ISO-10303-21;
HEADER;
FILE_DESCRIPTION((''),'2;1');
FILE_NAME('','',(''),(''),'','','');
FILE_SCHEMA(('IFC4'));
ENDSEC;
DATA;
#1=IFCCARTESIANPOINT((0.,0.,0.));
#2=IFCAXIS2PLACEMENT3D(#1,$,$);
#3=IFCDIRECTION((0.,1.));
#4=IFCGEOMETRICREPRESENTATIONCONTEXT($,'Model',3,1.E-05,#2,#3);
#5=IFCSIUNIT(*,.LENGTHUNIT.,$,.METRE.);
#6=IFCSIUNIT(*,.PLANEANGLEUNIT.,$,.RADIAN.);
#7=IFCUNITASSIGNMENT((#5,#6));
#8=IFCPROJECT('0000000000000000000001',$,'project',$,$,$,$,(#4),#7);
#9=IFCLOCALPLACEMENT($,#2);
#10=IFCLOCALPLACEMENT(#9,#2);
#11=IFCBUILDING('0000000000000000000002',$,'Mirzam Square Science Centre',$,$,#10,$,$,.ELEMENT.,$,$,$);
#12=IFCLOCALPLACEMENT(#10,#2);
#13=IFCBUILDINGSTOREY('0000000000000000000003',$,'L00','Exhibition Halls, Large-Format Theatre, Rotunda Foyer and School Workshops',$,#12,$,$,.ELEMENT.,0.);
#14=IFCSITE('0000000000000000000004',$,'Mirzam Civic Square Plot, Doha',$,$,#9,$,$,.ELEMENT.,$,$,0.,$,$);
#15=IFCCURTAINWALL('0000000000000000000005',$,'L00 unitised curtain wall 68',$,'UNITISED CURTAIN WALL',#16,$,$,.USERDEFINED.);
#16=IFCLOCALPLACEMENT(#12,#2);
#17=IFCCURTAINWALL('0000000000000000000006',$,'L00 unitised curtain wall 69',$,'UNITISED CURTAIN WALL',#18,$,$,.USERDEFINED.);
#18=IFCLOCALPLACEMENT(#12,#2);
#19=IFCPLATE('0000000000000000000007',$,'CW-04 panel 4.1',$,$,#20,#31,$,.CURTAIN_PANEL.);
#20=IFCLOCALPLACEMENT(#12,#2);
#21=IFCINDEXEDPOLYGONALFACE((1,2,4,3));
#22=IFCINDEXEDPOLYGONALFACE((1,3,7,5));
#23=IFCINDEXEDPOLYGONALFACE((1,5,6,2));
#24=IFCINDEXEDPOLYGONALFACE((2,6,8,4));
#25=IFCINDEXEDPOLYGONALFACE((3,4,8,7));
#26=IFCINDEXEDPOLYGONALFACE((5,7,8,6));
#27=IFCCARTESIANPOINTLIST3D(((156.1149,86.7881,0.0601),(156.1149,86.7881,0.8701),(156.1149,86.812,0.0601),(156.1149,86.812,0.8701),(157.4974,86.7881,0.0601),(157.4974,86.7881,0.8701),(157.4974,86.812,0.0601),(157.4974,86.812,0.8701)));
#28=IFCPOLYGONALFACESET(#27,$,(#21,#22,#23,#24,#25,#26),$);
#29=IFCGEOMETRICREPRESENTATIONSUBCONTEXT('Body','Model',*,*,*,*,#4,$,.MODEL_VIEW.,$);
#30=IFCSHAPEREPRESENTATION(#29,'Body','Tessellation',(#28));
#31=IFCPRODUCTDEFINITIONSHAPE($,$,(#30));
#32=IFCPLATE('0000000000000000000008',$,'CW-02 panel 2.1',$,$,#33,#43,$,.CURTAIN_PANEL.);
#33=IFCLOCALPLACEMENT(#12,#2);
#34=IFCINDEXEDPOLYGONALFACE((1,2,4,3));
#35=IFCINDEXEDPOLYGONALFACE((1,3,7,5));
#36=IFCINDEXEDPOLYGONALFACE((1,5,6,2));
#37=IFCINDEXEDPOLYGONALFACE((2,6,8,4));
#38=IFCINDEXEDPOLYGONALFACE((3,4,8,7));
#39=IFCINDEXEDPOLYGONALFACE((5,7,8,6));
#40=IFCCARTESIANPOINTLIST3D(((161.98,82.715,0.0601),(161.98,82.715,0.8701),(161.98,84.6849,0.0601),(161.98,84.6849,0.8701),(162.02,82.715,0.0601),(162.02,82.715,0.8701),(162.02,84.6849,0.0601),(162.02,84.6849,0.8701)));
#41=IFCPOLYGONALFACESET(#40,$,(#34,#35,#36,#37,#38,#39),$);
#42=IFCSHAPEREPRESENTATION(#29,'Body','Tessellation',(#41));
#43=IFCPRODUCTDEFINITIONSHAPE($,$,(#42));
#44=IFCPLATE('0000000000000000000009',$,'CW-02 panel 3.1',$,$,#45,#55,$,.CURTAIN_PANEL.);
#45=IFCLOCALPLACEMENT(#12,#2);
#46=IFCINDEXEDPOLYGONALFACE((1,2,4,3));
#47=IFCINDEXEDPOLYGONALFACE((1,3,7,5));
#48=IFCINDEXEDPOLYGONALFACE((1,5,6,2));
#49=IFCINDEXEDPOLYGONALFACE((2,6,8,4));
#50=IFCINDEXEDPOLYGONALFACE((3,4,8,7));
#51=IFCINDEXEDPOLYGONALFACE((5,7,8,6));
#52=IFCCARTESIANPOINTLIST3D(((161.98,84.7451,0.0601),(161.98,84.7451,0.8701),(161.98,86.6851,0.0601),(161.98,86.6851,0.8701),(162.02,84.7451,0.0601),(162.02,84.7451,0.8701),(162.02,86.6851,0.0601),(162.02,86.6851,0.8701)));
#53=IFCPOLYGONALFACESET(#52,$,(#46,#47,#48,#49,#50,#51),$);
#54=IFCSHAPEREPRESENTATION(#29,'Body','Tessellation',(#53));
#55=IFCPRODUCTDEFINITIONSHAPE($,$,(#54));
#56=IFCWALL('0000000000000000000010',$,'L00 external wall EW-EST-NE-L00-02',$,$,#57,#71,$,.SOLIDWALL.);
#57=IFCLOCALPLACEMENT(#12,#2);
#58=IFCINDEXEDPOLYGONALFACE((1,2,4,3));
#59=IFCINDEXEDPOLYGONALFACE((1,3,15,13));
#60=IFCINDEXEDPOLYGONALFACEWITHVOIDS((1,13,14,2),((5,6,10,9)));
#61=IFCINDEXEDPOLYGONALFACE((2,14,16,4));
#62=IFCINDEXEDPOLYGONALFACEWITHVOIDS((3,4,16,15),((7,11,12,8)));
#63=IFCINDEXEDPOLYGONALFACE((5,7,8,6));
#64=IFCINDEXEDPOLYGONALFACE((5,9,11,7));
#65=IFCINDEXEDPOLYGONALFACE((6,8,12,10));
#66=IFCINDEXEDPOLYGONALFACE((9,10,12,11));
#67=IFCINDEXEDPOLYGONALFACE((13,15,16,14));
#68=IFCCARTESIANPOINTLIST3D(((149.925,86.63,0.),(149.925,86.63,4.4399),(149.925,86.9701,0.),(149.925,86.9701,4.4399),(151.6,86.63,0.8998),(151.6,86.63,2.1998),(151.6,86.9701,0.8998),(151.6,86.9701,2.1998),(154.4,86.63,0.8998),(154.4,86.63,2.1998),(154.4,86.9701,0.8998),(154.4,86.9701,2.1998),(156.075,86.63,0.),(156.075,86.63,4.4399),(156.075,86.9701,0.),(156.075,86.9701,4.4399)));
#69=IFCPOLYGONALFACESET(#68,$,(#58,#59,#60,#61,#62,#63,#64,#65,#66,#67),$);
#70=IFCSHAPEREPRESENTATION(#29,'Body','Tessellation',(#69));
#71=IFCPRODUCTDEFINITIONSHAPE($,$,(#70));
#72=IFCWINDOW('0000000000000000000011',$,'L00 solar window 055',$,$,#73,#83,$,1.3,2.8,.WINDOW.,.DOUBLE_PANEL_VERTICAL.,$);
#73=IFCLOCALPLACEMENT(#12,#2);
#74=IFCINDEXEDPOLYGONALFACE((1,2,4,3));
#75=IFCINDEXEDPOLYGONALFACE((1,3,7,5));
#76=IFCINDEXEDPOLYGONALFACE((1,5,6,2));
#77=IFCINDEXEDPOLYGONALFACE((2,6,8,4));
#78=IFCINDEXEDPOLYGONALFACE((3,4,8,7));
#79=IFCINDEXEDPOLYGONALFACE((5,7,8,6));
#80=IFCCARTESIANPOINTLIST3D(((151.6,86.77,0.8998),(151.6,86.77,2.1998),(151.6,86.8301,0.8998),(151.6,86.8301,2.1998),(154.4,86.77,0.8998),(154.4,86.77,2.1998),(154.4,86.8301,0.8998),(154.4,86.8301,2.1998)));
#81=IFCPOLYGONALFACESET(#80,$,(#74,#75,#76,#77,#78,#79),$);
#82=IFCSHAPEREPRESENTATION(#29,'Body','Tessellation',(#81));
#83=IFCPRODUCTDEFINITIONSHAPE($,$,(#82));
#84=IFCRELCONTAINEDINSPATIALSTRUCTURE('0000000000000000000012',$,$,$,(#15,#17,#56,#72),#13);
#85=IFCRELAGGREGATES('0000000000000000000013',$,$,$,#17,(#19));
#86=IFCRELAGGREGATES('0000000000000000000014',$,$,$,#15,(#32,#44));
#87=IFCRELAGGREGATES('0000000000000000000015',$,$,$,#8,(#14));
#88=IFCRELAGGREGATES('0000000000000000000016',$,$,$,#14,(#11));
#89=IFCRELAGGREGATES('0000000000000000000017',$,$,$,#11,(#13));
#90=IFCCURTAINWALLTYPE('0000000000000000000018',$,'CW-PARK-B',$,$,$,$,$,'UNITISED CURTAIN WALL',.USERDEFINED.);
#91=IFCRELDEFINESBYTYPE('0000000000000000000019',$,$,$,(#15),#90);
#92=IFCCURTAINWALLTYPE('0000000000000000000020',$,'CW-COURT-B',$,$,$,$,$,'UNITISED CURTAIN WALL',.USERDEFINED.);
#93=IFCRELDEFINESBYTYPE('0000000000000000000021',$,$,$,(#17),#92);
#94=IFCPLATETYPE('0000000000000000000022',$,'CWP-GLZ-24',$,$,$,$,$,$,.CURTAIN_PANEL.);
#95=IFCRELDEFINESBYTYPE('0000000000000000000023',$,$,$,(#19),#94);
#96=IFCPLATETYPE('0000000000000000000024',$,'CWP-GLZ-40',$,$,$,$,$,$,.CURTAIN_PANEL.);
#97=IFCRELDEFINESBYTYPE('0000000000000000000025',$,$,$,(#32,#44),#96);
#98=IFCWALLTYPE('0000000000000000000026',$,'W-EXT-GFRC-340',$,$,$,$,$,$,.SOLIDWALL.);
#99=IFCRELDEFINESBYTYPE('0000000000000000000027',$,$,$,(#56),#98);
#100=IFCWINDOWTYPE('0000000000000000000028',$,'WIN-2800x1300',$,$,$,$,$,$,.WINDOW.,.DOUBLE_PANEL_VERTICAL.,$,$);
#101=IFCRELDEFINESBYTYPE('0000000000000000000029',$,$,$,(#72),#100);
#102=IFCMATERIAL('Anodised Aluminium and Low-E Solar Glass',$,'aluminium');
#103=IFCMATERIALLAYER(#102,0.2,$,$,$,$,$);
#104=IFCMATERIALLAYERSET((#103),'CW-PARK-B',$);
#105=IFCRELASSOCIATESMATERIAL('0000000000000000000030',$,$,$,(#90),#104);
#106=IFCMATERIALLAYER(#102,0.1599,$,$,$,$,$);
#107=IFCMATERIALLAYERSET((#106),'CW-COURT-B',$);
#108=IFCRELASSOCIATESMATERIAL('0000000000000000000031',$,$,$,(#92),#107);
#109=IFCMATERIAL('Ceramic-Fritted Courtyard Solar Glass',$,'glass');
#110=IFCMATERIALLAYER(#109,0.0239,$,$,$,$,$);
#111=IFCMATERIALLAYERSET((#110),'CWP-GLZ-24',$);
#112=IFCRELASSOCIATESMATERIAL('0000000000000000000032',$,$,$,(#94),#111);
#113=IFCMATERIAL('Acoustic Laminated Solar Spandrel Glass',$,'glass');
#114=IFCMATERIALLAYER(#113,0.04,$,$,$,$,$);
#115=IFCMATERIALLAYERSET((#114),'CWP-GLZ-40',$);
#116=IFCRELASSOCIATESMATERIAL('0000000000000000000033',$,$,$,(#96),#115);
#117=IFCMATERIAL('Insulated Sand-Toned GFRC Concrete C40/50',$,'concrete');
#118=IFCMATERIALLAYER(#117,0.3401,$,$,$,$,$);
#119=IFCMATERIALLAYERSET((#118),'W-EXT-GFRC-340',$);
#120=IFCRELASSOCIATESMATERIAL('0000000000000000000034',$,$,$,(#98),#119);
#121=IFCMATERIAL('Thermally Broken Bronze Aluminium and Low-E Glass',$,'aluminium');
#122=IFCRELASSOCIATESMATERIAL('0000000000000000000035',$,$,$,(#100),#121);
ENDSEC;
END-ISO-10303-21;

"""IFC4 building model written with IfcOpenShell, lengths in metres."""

from ifc_helpers import new_model, si_unit, direction, frame, frame_2d, origin, origin_2d, place, context, subcontext, project, spatial, rectangle, extrude, material, layer, layer_set, type_object, element, fill, aggregate, save


model = new_model("IFC4")

# Units and contexts
model_context = context("Model", 3, precision=1e-05, world=origin(), true_north=direction((0.0, 1.0)))
body_context = subcontext(model_context, "Body", "Model", "MODEL_VIEW")
ifc_project = project(units=[si_unit("LENGTHUNIT", "METRE"), si_unit("PLANEANGLEUNIT", "RADIAN")], contexts=[model_context])

# Site, building, storey
site_placement = place(None, origin())
site = spatial("IfcSite", under=ifc_project, at=site_placement, Name="Mirzam Civic Square Plot, Doha", CompositionType="ELEMENT", RefElevation=0.0)
building_placement = place(site_placement, origin())
building = spatial("IfcBuilding", under=site, at=building_placement, Name="Mirzam Square Science Centre", CompositionType="ELEMENT")
storey_placement = place(building_placement, origin())
storey = spatial("IfcBuildingStorey", under=building, at=storey_placement, Name="L00", Description="Exhibition Halls, Large-Format Theatre, Rotunda Foyer and School Workshops", CompositionType="ELEMENT", Elevation=0.0)

# Curtain walls
ifc_material_1 = material(Name="Anodised Aluminium and Low-E Solar Glass", Category="aluminium")
ifc_layer_1 = layer(ifc_material_1, 0.2)
ifc_layer_set_1 = layer_set([ifc_layer_1], Name="CW-PARK-B")
curtain_wall_type_1 = type_object("IfcCurtainWallType", Name="CW-PARK-B", ElementType="UNITISED CURTAIN WALL", PredefinedType="USERDEFINED", material=ifc_layer_set_1)
curtain_wall_1_placement = place(storey_placement, origin())
curtain_wall_1 = element("IfcCurtainWall", 1, at=curtain_wall_1_placement, inside=storey, type_object=curtain_wall_type_1, Name="L00 unitised curtain wall 68", ObjectType="UNITISED CURTAIN WALL", PredefinedType="USERDEFINED")
ifc_layer_2 = layer(ifc_material_1, 0.1599)
ifc_layer_set_2 = layer_set([ifc_layer_2], Name="CW-COURT-B")
curtain_wall_type_2 = type_object("IfcCurtainWallType", Name="CW-COURT-B", ElementType="UNITISED CURTAIN WALL", PredefinedType="USERDEFINED", material=ifc_layer_set_2)
curtain_wall_2_placement = place(storey_placement, origin())
curtain_wall_2 = element("IfcCurtainWall", 2, at=curtain_wall_2_placement, inside=storey, type_object=curtain_wall_type_2, Name="L00 unitised curtain wall 69", ObjectType="UNITISED CURTAIN WALL", PredefinedType="USERDEFINED")

# Plates
ifc_material_2 = material(Name="Ceramic-Fritted Courtyard Solar Glass", Category="glass")
ifc_layer_3 = layer(ifc_material_2, 0.0239)
ifc_layer_set_3 = layer_set([ifc_layer_3], Name="CWP-GLZ-24")
plate_type_1 = type_object("IfcPlateType", Name="CWP-GLZ-24", PredefinedType="CURTAIN_PANEL", material=ifc_layer_set_3)
plate_1_placement = place(storey_placement, frame((156.8062, 86.8, 0.0601), z_axis=(0.0, 0.0, 1.0), x_axis=(-1.0, 0.0, 0.0)))
plate_1 = element("IfcPlate", 3, at=plate_1_placement, type_object=plate_type_1, Name="CW-04 panel 4.1", PredefinedType="CURTAIN_PANEL", context=body_context, shape_type="SweptSolid", body=[
    extrude(rectangle(XDim=1.3826, YDim=0.0239, at=origin_2d()), origin(), (0.0, 0.0, 1.0), 0.8101),
])
aggregate(curtain_wall_2, [plate_1])
ifc_material_3 = material(Name="Acoustic Laminated Solar Spandrel Glass", Category="glass")
ifc_layer_4 = layer(ifc_material_3, 0.04)
ifc_layer_set_4 = layer_set([ifc_layer_4], Name="CWP-GLZ-40")
plate_type_2 = type_object("IfcPlateType", Name="CWP-GLZ-40", PredefinedType="CURTAIN_PANEL", material=ifc_layer_set_4)
plate_2_placement = place(storey_placement, frame((162.0, 83.7, 0.0601), z_axis=(0.0, 0.0, 1.0), x_axis=(0.0, 1.0, 0.0)))
plate_2 = element("IfcPlate", 4, at=plate_2_placement, type_object=plate_type_2, Name="CW-02 panel 2.1", PredefinedType="CURTAIN_PANEL", context=body_context, shape_type="SweptSolid", body=[
    extrude(rectangle(XDim=1.97, YDim=0.04, at=origin_2d()), origin(), (0.0, 0.0, 1.0), 0.8101),
])
plate_3_placement = place(storey_placement, frame((162.0, 85.7151, 0.0601), z_axis=(0.0, 0.0, 1.0), x_axis=(0.0, 1.0, 0.0)))
plate_3 = element("IfcPlate", 5, at=plate_3_placement, type_object=plate_type_2, Name="CW-02 panel 3.1", PredefinedType="CURTAIN_PANEL", context=body_context, shape_type="SweptSolid", body=[
    extrude(rectangle(XDim=1.9399, YDim=0.04, at=origin_2d()), origin(), (0.0, 0.0, 1.0), 0.8101),
])
aggregate(curtain_wall_1, [plate_2, plate_3])

# Wall, opening, window
ifc_material_4 = material(Name="Insulated Sand-Toned GFRC Concrete C40/50", Category="concrete")
ifc_layer_5 = layer(ifc_material_4, 0.3401)
ifc_layer_set_5 = layer_set([ifc_layer_5], Name="W-EXT-GFRC-340")
wall_type = type_object("IfcWallType", Name="W-EXT-GFRC-340", PredefinedType="SOLIDWALL", material=ifc_layer_set_5)
wall_placement = place(storey_placement, frame((156.075, 86.8, 0.0), z_axis=(0.0, 0.0, 1.0), x_axis=(-1.0, 0.0, 0.0)))
wall = element("IfcWall", 6, at=wall_placement, inside=storey, type_object=wall_type, Name="L00 external wall EW-EST-NE-L00-02", PredefinedType="SOLIDWALL", context=body_context, shape_type="SweptSolid", body=[
    extrude(rectangle(XDim=6.1499, YDim=0.3401, at=frame_2d((3.075, 0.0))), origin(), (0.0, 0.0, 1.0), 4.4399),
])
opening_placement = place(wall_placement, frame((1.675, 0.0, 0.8999)))
opening = element("IfcOpeningElement", 7, at=opening_placement, cuts=wall, PredefinedType="OPENING", context=body_context, shape_type="SweptSolid", body=[
    extrude(rectangle(XDim=2.8, YDim=1.3, at=frame_2d((1.3999, 0.6499))), frame((0.0, 0.1799, 0.0), z_axis=(0.0, -1.0, 0.0), x_axis=(1.0, 0.0, 0.0)), (0.0, 0.0, 1.0), 0.3601),
])
ifc_material_5 = material(Name="Thermally Broken Bronze Aluminium and Low-E Glass", Category="aluminium")
window_type = type_object("IfcWindowType", Name="WIN-2800x1300", PartitioningType="DOUBLE_PANEL_VERTICAL", PredefinedType="WINDOW", material=ifc_material_5)
window_placement = place(opening_placement, origin())
window = element("IfcWindow", 8, at=window_placement, inside=storey, type_object=window_type, Name="L00 solar window 055", OverallHeight=1.3, OverallWidth=2.8, PartitioningType="DOUBLE_PANEL_VERTICAL", PredefinedType="WINDOW", context=body_context, shape_type="SweptSolid", body=[
    extrude(rectangle(XDim=2.8, YDim=1.3, at=frame_2d((1.3999, 0.6499))), frame((0.0, 0.03, 0.0), z_axis=(0.0, -1.0, 0.0), x_axis=(1.0, 0.0, 0.0)), (0.0, 0.0, 1.0), 0.0601),
])
fill(opening, window)

save(model, "model.ifc")
